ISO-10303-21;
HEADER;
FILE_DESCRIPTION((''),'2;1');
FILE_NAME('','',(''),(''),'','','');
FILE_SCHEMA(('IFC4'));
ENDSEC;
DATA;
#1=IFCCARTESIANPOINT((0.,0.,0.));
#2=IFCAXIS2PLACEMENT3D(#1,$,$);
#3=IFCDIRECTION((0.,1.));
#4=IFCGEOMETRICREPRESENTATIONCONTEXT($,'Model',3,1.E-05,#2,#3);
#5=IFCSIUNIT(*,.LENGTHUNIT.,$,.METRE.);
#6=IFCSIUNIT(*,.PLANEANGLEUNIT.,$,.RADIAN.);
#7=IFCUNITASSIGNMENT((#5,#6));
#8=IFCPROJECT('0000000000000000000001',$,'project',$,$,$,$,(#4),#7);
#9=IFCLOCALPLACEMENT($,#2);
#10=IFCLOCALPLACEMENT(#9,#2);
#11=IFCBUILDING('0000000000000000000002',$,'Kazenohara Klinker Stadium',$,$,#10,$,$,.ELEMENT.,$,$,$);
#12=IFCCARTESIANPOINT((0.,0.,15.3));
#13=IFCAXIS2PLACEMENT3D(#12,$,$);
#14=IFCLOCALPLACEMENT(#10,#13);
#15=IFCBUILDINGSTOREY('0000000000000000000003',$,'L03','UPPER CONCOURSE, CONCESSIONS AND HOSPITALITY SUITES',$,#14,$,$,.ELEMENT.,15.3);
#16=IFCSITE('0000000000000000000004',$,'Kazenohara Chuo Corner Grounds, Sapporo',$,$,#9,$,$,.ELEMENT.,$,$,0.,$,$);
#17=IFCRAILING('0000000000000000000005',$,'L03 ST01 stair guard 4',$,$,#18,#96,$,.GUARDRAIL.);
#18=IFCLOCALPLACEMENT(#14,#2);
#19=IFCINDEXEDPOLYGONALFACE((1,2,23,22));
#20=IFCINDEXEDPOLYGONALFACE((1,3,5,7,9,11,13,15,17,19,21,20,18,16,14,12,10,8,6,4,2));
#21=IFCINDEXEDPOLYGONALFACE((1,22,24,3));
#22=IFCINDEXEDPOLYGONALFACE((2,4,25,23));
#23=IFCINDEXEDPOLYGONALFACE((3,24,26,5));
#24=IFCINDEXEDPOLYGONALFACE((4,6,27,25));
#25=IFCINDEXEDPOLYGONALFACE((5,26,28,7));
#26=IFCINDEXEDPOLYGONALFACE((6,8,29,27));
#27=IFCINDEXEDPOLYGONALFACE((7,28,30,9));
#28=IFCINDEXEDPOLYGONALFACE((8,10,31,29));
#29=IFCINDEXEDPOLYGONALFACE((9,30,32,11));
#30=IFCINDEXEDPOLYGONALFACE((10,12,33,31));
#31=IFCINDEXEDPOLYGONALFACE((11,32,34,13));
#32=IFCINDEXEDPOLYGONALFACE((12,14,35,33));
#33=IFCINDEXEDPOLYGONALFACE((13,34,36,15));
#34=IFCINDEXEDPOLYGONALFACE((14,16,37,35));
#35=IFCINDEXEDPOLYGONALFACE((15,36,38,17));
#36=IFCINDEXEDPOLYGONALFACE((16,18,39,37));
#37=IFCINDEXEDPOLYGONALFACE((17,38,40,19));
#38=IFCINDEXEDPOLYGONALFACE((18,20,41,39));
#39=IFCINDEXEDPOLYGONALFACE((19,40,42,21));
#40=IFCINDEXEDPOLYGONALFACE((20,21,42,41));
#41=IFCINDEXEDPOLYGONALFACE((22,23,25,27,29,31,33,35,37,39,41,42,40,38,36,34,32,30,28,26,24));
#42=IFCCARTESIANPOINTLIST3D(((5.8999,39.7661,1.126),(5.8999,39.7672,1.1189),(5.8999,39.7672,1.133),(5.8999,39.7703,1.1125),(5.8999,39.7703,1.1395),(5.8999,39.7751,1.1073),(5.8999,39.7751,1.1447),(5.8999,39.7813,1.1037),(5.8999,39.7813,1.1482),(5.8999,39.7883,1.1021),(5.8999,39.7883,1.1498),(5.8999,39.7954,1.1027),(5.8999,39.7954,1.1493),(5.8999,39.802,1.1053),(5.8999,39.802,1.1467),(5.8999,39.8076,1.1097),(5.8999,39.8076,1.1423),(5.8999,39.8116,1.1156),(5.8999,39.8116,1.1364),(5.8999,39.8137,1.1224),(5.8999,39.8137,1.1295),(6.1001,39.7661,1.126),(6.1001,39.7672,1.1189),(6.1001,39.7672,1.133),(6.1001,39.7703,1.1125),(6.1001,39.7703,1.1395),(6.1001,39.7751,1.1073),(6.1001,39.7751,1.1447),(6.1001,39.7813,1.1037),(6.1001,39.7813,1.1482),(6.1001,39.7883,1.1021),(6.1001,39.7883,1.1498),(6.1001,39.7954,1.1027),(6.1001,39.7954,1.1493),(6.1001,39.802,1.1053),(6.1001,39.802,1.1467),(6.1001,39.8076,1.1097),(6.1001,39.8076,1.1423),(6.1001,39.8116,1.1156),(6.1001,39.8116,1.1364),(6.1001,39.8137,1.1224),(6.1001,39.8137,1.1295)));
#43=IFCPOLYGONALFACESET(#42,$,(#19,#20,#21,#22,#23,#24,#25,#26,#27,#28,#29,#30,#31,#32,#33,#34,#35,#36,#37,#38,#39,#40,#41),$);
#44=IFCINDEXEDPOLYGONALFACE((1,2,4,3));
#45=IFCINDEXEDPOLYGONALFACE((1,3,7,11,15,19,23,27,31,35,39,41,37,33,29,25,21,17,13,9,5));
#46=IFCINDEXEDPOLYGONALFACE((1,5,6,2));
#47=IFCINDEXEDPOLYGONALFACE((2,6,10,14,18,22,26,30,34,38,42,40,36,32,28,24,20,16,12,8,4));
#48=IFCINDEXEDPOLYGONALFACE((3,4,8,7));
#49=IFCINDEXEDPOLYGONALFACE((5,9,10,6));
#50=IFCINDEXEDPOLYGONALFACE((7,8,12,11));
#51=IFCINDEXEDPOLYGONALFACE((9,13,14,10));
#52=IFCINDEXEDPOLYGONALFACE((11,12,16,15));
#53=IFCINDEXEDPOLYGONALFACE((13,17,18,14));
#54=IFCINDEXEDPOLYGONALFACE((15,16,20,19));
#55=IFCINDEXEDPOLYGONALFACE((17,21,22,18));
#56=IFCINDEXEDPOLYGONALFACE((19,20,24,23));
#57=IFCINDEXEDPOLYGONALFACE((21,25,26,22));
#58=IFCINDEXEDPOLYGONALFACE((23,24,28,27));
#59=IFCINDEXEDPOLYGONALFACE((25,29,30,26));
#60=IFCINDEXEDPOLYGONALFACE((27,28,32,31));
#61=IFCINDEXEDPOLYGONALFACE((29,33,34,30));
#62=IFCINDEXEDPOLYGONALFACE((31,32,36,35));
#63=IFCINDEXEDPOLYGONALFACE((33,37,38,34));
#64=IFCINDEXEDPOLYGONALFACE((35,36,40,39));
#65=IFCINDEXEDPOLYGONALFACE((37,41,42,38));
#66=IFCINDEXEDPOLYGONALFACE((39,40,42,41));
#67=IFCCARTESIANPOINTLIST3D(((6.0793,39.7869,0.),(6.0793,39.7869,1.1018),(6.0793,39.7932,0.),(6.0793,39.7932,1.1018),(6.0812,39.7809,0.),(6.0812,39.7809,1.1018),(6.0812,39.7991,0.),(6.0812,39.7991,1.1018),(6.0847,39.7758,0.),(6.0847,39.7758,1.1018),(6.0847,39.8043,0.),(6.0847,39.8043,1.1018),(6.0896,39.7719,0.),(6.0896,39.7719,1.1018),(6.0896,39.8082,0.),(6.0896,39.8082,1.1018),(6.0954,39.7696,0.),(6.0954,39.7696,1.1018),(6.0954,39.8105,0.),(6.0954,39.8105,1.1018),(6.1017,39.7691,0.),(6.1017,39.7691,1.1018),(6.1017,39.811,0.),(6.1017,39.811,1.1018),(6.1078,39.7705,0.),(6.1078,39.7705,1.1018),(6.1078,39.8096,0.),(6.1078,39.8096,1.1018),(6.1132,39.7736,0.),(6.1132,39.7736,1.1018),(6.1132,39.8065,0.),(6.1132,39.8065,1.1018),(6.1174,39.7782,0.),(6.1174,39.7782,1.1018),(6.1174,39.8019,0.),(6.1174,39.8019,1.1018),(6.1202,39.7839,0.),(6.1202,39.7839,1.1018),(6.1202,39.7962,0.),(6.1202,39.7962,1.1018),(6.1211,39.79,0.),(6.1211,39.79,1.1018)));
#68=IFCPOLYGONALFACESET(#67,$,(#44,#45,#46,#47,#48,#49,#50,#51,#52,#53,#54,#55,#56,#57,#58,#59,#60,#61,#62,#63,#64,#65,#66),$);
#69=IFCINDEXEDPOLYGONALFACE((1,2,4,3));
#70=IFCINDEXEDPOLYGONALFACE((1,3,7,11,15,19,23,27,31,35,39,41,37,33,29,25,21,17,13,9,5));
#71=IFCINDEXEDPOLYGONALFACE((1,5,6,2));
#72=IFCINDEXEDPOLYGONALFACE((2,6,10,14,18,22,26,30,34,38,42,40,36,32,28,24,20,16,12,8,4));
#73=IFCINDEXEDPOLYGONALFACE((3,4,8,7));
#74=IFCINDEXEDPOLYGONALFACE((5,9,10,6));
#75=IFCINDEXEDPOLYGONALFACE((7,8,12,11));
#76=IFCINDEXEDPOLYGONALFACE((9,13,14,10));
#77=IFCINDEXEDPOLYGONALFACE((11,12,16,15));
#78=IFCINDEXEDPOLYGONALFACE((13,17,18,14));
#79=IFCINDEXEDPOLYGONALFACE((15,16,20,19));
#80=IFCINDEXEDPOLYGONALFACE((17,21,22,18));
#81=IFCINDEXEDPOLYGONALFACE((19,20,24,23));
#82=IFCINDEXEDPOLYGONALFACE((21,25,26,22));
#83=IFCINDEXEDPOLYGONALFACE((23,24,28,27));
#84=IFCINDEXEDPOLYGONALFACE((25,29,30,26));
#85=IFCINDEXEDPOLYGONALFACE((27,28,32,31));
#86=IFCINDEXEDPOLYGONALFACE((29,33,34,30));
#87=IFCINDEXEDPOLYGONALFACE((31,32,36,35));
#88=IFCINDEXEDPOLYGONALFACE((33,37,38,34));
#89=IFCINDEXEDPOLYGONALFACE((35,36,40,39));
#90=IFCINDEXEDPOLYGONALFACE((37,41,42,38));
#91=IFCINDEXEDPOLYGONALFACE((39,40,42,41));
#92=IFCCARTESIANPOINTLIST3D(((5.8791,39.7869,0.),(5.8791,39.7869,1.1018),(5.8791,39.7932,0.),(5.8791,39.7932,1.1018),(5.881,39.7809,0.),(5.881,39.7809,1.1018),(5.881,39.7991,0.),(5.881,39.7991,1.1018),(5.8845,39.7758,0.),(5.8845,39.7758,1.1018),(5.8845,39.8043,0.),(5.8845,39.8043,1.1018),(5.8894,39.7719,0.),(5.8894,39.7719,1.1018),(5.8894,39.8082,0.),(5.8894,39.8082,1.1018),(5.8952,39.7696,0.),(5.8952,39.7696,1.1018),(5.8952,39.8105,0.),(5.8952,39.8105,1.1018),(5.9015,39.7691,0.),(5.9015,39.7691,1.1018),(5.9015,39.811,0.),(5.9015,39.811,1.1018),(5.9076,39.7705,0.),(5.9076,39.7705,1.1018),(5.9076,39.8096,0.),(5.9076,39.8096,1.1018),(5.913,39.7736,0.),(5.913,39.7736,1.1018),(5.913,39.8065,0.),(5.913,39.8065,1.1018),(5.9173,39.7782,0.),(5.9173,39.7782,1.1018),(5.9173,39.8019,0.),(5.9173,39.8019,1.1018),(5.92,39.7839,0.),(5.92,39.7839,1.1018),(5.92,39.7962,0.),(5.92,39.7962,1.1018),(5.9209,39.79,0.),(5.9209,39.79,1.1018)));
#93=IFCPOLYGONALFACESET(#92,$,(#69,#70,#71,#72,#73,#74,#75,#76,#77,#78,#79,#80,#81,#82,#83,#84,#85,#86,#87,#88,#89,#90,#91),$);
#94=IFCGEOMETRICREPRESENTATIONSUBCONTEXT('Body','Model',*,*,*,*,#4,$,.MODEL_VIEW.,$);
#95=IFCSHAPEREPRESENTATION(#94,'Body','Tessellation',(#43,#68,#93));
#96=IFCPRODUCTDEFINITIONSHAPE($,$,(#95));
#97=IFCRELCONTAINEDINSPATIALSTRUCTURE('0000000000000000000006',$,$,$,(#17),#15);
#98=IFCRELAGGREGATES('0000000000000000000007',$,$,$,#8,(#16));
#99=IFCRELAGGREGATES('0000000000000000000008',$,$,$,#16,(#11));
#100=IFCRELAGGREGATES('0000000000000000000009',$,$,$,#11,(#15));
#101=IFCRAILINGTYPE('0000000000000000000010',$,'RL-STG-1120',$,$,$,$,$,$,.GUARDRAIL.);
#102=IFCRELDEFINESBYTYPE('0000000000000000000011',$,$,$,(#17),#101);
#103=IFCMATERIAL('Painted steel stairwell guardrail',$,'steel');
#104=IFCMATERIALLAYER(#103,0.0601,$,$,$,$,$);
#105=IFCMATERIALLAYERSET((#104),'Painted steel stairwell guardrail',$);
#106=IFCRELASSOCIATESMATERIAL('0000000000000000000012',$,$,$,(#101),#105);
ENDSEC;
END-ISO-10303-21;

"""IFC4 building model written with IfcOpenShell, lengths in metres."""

from ifc_helpers import new_model, si_unit, direction, frame, origin, origin_2d, place, context, subcontext, project, spatial, circle, extrude, material, layer, layer_set, type_object, element, save


model = new_model("IFC4")

# Units and contexts
model_context = context("Model", 3, precision=1e-05, world=origin(), true_north=direction((0.0, 1.0)))
body_context = subcontext(model_context, "Body", "Model", "MODEL_VIEW")
ifc_project = project(units=[si_unit("LENGTHUNIT", "METRE"), si_unit("PLANEANGLEUNIT", "RADIAN")], contexts=[model_context])

# Site, building, storey
site_placement = place(None, origin())
site = spatial("IfcSite", under=ifc_project, at=site_placement, Name="Kazenohara Chuo Corner Grounds, Sapporo", CompositionType="ELEMENT", RefElevation=0.0)
building_placement = place(site_placement, origin())
building = spatial("IfcBuilding", under=site, at=building_placement, Name="Kazenohara Klinker Stadium", CompositionType="ELEMENT")
storey_placement = place(building_placement, frame((0.0, 0.0, 15.3)))
storey = spatial("IfcBuildingStorey", under=building, at=storey_placement, Name="L03", Description="UPPER CONCOURSE, CONCESSIONS AND HOSPITALITY SUITES", CompositionType="ELEMENT", Elevation=15.3)

# Railing
ifc_material_1 = material(Name="Painted steel stairwell guardrail", Category="steel")
ifc_layer_1 = layer(ifc_material_1, 0.0601)
ifc_layer_set_1 = layer_set([ifc_layer_1], Name="Painted steel stairwell guardrail")
railing_type_1 = type_object("IfcRailingType", Name="RL-STG-1120", PredefinedType="GUARDRAIL", material=ifc_layer_set_1)
railing_1_placement = place(storey_placement, frame((6.1001, 39.79, 0.0)))
element("IfcRailing", 1, at=railing_1_placement, inside=storey, type_object=railing_type_1, Name="L03 ST01 stair guard 4", PredefinedType="GUARDRAIL", context=body_context, shape_type="SweptSolid", body=[
    extrude(circle(Radius=0.0239, at=origin_2d()), frame((0.0, 0.0, 1.126), z_axis=(-1.0, 0.0, 0.0), x_axis=(0.0, -1.0, 0.0)), (0.0, 0.0, 1.0), 0.2002),
    extrude(circle(Radius=0.021, at=origin_2d()), origin(), (0.0, 0.0, 1.0), 1.1018),
    extrude(circle(Radius=0.021, at=origin_2d()), frame((-0.2002, 0.0, 0.0)), (0.0, 0.0, 1.0), 1.1018),
])

save(model, "model.ifc")
